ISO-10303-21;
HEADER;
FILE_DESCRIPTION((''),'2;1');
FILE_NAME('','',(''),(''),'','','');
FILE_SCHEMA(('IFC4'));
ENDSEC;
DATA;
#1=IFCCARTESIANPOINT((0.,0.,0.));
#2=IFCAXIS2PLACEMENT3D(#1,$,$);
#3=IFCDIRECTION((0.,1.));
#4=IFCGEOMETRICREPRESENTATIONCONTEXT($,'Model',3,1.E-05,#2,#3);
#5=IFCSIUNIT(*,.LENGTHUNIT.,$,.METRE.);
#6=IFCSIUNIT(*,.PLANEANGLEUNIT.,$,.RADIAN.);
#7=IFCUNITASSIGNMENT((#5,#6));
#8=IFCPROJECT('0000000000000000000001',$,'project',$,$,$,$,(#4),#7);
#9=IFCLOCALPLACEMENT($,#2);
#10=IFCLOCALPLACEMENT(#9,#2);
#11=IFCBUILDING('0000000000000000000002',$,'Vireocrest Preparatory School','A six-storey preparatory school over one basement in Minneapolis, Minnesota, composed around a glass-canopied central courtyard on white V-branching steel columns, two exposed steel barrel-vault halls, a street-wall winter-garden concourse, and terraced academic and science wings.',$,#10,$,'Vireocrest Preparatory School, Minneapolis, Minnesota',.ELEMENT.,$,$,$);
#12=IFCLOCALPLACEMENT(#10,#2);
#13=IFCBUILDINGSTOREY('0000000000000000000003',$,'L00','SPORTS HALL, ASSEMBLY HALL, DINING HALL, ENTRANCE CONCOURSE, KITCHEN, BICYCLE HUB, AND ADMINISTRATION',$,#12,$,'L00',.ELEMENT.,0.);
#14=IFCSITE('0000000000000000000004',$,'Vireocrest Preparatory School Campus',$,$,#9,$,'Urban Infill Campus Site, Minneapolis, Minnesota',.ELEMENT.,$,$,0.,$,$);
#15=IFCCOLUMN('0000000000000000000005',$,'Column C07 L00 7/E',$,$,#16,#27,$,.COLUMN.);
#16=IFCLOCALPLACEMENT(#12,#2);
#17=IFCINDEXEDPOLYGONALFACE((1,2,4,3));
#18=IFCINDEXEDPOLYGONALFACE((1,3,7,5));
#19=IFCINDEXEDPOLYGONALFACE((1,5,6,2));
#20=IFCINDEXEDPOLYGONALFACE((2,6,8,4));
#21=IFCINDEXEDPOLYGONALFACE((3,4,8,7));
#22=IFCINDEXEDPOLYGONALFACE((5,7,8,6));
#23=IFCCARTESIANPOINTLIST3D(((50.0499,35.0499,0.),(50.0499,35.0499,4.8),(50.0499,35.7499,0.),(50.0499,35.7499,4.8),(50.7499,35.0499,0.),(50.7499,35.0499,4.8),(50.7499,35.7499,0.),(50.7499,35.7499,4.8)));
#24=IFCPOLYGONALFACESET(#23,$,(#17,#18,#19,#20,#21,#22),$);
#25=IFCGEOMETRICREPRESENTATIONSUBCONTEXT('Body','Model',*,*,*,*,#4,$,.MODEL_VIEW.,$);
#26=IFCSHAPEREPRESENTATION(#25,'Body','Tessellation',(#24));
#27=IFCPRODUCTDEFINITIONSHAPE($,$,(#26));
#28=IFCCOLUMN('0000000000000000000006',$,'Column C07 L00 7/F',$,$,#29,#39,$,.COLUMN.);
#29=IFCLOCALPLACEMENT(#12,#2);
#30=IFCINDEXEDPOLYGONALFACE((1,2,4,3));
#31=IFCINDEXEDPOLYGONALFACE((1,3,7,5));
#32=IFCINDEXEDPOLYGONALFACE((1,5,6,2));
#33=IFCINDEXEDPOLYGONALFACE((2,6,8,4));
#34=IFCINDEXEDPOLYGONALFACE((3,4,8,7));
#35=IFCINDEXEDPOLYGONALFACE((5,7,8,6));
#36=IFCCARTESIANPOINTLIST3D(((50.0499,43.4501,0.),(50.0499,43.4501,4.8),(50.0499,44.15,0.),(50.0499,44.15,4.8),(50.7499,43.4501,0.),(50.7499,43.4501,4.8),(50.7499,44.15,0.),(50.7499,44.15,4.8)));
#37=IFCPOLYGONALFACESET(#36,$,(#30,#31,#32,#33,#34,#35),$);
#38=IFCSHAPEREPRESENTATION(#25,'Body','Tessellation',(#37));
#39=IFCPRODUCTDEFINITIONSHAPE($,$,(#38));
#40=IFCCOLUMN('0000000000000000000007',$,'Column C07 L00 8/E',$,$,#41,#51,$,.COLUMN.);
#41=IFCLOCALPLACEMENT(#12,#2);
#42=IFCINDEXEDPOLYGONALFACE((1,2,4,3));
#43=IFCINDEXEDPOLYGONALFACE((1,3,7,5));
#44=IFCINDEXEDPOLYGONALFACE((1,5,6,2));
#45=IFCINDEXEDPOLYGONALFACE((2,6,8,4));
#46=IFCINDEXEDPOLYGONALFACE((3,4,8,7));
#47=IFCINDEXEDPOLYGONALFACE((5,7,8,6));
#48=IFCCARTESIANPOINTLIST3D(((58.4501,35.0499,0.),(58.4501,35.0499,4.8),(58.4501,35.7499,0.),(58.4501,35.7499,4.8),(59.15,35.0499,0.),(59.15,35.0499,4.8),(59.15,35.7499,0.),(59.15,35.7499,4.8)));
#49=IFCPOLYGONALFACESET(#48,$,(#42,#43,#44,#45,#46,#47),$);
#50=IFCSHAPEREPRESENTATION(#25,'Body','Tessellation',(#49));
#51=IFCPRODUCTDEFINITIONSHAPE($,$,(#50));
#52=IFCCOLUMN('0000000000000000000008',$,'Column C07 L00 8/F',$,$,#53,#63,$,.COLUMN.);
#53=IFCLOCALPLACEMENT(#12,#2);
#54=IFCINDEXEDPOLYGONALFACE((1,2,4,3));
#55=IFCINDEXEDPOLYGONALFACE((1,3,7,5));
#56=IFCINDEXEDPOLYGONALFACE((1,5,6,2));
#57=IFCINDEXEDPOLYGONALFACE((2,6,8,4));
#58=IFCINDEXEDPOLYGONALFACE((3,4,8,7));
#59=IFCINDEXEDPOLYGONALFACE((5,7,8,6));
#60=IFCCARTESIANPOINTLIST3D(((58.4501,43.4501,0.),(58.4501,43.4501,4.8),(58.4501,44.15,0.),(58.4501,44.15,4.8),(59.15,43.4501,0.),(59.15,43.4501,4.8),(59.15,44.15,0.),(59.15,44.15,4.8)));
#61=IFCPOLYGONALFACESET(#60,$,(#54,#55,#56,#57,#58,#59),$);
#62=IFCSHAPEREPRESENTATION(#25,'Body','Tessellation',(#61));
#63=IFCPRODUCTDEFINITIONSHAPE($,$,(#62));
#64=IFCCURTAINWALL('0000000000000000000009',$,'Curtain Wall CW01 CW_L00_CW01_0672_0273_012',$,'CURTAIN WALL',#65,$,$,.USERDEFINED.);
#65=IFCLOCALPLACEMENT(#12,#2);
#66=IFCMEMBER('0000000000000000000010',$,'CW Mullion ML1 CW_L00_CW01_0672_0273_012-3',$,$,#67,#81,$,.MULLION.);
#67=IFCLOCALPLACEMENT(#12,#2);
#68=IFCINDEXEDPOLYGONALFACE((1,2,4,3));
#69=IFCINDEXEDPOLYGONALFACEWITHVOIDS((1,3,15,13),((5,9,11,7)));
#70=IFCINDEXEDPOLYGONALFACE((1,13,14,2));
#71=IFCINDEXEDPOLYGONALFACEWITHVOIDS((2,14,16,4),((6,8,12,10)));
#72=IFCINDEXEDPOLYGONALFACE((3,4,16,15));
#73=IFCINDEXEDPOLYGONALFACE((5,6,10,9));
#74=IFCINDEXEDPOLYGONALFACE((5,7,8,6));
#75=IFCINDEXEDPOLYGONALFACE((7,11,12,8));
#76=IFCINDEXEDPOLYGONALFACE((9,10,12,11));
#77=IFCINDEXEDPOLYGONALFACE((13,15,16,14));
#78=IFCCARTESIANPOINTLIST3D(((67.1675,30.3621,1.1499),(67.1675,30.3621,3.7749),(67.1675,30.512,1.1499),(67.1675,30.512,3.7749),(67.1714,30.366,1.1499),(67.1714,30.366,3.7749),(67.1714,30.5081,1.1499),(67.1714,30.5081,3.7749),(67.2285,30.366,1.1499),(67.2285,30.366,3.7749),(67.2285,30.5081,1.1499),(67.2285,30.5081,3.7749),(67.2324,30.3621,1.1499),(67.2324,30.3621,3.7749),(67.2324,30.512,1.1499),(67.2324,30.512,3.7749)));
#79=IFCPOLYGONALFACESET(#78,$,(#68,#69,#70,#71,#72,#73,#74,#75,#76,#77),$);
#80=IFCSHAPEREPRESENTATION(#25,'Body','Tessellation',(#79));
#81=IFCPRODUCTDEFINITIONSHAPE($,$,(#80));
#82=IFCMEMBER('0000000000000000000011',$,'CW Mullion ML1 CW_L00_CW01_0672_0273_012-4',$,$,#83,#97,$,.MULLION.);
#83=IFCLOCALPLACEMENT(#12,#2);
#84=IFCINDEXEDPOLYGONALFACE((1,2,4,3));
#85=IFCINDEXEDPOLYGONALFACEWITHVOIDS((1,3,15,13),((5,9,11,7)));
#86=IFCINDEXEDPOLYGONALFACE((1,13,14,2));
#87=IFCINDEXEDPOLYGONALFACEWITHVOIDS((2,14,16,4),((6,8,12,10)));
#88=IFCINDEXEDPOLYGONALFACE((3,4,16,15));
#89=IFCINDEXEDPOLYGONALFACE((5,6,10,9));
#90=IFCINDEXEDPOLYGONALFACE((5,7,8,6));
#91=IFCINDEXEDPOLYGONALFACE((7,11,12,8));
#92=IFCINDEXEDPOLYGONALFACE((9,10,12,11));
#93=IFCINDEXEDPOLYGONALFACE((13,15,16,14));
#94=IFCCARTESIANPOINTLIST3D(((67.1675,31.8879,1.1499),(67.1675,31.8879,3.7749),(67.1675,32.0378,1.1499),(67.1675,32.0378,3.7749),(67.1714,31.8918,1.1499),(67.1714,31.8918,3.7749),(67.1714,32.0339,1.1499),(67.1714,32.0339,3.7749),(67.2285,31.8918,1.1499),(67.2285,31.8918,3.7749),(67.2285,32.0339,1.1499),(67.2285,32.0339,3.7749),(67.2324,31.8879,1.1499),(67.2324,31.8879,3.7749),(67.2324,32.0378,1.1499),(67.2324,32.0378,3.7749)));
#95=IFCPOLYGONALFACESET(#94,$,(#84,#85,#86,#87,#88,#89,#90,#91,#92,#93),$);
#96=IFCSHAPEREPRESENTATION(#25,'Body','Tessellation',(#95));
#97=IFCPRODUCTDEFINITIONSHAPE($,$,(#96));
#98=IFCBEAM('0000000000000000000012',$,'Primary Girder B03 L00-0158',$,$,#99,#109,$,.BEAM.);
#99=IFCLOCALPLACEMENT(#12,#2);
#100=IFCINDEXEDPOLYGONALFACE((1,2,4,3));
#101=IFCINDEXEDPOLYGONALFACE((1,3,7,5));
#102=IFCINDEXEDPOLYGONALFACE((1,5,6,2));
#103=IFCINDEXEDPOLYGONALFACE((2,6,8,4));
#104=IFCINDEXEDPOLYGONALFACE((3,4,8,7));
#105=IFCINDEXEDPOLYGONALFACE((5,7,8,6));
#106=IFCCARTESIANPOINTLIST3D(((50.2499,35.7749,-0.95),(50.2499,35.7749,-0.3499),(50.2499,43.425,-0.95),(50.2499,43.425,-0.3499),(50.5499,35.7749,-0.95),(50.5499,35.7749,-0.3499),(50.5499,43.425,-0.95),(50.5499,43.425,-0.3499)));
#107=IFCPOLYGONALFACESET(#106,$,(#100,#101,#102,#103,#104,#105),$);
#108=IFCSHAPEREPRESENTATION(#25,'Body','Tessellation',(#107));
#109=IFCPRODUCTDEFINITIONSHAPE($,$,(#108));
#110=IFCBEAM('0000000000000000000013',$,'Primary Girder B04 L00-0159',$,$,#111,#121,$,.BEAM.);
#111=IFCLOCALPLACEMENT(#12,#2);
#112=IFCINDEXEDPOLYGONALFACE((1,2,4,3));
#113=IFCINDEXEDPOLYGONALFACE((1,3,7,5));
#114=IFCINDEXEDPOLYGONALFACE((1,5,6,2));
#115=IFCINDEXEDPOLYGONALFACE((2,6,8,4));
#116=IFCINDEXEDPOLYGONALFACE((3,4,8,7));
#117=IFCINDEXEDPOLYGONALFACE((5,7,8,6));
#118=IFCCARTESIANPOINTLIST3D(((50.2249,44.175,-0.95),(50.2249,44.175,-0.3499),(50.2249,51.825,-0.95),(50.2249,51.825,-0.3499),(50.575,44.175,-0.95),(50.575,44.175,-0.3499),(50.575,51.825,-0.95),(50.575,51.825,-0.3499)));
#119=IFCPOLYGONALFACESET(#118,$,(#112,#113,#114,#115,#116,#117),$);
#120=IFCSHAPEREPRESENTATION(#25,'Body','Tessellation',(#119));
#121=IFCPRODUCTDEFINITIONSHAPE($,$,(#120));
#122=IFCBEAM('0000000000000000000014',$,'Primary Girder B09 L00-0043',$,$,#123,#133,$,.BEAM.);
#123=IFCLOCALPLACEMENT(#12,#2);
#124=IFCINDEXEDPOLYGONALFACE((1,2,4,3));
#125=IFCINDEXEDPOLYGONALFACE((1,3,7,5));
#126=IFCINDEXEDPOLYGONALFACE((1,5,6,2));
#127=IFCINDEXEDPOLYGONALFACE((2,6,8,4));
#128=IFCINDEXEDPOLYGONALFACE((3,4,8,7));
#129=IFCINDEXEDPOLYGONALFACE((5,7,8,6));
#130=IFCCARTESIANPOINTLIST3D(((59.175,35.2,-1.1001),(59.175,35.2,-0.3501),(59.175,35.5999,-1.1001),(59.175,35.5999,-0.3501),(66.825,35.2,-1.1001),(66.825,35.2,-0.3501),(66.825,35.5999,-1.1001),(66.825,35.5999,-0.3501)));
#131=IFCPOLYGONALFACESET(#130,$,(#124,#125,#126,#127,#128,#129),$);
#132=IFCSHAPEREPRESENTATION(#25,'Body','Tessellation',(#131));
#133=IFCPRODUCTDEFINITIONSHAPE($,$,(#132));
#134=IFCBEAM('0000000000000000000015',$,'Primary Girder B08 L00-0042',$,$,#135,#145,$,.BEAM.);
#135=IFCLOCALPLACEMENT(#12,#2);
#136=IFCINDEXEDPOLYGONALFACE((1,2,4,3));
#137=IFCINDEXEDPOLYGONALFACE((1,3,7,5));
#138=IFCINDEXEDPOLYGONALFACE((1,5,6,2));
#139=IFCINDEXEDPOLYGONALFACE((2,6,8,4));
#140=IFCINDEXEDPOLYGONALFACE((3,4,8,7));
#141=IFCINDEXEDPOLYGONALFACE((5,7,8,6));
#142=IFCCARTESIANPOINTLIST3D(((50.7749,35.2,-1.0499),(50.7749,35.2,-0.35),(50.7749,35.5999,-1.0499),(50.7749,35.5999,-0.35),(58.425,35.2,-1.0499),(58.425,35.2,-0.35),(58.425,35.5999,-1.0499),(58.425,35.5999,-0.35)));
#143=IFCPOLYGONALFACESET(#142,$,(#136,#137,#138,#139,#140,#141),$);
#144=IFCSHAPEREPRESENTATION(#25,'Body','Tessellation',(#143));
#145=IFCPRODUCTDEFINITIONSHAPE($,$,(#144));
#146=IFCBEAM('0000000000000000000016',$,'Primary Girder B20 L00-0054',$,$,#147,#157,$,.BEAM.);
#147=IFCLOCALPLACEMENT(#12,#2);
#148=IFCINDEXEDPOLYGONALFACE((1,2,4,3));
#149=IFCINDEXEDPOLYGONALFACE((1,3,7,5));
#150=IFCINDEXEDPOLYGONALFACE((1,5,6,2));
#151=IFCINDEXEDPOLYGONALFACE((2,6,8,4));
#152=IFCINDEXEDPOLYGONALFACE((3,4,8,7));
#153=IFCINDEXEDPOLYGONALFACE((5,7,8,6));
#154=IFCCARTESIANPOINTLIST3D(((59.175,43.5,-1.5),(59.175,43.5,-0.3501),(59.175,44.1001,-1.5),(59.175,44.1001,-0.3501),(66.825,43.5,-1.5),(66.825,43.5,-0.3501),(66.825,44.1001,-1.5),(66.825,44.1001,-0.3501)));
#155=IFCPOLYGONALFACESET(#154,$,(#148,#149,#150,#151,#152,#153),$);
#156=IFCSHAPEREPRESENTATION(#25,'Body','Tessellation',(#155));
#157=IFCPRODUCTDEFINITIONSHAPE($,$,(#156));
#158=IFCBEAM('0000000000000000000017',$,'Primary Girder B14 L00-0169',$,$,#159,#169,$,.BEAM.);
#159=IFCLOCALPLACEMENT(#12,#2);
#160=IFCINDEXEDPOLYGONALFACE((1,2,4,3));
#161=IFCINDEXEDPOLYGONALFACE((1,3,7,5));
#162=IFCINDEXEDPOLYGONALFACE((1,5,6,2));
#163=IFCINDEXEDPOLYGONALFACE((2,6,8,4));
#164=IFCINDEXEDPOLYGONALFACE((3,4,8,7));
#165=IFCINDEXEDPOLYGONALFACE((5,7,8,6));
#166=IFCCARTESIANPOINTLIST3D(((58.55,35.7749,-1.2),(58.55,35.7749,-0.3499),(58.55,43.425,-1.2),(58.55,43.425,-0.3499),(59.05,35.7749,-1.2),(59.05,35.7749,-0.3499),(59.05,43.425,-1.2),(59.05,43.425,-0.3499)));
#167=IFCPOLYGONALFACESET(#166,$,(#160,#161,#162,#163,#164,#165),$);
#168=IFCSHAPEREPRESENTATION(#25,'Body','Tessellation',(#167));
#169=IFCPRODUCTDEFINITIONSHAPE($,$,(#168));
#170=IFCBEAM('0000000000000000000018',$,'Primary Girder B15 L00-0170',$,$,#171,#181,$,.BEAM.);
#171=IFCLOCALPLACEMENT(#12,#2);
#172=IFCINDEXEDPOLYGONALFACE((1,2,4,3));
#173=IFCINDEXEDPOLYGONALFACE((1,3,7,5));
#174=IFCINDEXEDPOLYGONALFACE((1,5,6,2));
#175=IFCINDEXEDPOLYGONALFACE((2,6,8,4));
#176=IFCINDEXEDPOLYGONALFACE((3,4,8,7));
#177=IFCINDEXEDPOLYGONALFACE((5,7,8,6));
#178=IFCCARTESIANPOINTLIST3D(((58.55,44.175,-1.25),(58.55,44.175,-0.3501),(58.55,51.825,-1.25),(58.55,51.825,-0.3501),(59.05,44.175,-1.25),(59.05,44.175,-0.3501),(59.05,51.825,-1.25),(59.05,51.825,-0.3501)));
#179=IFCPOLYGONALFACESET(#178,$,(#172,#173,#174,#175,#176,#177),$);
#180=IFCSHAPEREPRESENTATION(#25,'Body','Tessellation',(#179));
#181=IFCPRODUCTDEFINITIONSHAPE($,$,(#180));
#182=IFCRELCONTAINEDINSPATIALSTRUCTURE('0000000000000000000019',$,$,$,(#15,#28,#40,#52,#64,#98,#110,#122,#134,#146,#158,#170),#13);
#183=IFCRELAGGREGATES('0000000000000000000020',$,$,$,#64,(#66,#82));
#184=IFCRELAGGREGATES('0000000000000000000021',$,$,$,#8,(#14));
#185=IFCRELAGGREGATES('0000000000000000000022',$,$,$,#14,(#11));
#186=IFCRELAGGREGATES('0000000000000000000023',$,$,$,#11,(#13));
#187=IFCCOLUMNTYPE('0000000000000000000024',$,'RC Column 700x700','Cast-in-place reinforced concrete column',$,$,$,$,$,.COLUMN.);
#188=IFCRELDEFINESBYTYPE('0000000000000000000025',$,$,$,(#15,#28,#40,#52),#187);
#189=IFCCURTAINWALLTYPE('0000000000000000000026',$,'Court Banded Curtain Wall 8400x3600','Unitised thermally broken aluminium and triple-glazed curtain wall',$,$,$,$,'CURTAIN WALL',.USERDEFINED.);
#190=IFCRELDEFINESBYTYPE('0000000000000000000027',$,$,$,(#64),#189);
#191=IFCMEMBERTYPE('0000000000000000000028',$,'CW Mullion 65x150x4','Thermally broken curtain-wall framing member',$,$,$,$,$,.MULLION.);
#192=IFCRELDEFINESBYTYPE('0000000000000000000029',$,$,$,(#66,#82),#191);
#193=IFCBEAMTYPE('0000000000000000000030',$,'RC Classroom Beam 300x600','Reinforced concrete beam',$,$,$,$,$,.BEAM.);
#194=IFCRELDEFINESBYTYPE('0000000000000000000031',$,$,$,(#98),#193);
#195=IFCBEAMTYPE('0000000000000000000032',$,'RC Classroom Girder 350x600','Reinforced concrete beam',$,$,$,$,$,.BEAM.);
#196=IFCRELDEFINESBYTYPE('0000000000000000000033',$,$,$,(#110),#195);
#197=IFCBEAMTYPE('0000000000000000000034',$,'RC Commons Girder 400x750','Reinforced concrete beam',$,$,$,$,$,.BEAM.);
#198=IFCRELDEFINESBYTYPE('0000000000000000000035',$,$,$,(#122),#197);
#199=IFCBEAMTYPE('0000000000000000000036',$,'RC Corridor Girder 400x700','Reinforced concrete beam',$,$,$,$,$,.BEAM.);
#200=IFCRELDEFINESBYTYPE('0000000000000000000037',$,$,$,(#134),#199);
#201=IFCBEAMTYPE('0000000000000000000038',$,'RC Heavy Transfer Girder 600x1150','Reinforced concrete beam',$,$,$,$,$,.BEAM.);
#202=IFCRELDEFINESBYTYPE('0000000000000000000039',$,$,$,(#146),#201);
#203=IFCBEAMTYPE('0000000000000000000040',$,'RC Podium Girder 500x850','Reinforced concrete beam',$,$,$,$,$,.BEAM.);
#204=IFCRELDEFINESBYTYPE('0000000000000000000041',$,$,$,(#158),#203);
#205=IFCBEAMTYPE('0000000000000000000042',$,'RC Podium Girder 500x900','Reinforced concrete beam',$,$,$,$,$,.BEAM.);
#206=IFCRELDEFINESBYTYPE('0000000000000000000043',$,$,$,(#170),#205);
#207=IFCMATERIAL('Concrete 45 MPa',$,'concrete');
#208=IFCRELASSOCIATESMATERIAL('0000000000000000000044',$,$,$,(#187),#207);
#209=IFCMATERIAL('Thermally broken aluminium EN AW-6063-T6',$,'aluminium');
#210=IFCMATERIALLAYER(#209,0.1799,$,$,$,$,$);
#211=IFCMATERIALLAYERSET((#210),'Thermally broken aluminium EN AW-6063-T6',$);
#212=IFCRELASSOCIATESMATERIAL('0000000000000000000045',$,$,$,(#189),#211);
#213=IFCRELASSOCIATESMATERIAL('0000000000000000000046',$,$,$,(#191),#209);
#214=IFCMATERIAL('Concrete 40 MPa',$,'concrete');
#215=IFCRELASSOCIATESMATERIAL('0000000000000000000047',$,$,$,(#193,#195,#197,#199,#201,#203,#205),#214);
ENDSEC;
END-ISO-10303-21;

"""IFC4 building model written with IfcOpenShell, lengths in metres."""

from ifc_helpers import new_model, si_unit, direction, frame, origin, origin_2d, place, context, subcontext, project, spatial, rectangle, hollow_rectangle, extrude, material, layer, layer_set, material_profile, profile_set, type_object, element, aggregate, save


model = new_model("IFC4")

# Units and contexts
model_context = context("Model", 3, precision=1e-05, world=origin(), true_north=direction((0.0, 1.0)))
body_context = subcontext(model_context, "Body", "Model", "MODEL_VIEW")
ifc_project = project(units=[si_unit("LENGTHUNIT", "METRE"), si_unit("PLANEANGLEUNIT", "RADIAN")], contexts=[model_context])

# Site, building, storey
site_placement = place(None, origin())
site = spatial("IfcSite", under=ifc_project, at=site_placement, Name="Vireocrest Preparatory School Campus", LongName="Urban Infill Campus Site, Minneapolis, Minnesota", CompositionType="ELEMENT", RefElevation=0.0)
building_placement = place(site_placement, origin())
building = spatial("IfcBuilding", under=site, at=building_placement, Name="Vireocrest Preparatory School", Description="A six-storey preparatory school over one basement in Minneapolis, Minnesota, composed around a glass-canopied central courtyard on white V-branching steel columns, two exposed steel barrel-vault halls, a street-wall winter-garden concourse, and terraced academic and science wings.", LongName="Vireocrest Preparatory School, Minneapolis, Minnesota", CompositionType="ELEMENT")
storey_placement = place(building_placement, origin())
storey = spatial("IfcBuildingStorey", under=building, at=storey_placement, Name="L00", Description="SPORTS HALL, ASSEMBLY HALL, DINING HALL, ENTRANCE CONCOURSE, KITCHEN, BICYCLE HUB, AND ADMINISTRATION", LongName="L00", CompositionType="ELEMENT", Elevation=0.0)

# Columns
ifc_material_1 = material(Name="Concrete 45 MPa", Category="concrete")
ifc_material_profile_1 = material_profile(ifc_material_1, rectangle(XDim=0.7, YDim=0.7, at=origin_2d()), Name="RC 700x700")
ifc_profile_set_1 = profile_set([ifc_material_profile_1], Name="Concrete 45 MPa")
column_type = type_object("IfcColumnType", Name="RC Column 700x700", Description="Cast-in-place reinforced concrete column", PredefinedType="COLUMN", material=ifc_profile_set_1)
for number, where, z_axis, x_axis, name in (
    (1, (50.3999, 35.3999, 0.0), (0.0, 0.0, 1.0), (1.0, 0.0, 0.0), "Column C07 L00 7/E"),
    (2, (50.3999, 43.8, 0.0), (0.0, 0.0, 1.0), (1.0, 0.0, 0.0), "Column C07 L00 7/F"),
    (3, (58.8, 35.3999, 0.0), (0.0, 0.0, 1.0), (1.0, 0.0, 0.0), "Column C07 L00 8/E"),
    (4, (58.8, 43.8, 0.0), (0.0, 0.0, 1.0), (1.0, 0.0, 0.0), "Column C07 L00 8/F"),
):
    element("IfcColumn", number, at=place(storey_placement, frame(where, z_axis=z_axis, x_axis=x_axis)), inside=storey, type_object=column_type, Name=name, PredefinedType="COLUMN", context=body_context, shape_type="SweptSolid", body=[
        extrude(rectangle(XDim=0.7, YDim=0.7, at=origin_2d()), origin(), (0.0, 0.0, 1.0), 4.8),
    ])

# Curtain wall, members
ifc_material_2 = material(Name="Thermally broken aluminium EN AW-6063-T6", Category="aluminium")
ifc_layer_1 = layer(ifc_material_2, 0.1799)
ifc_layer_set_1 = layer_set([ifc_layer_1], Name="Thermally broken aluminium EN AW-6063-T6")
curtain_wall_type = type_object("IfcCurtainWallType", Name="Court Banded Curtain Wall 8400x3600", Description="Unitised thermally broken aluminium and triple-glazed curtain wall", ElementType="CURTAIN WALL", PredefinedType="USERDEFINED", material=ifc_layer_set_1)
curtain_wall_placement = place(storey_placement, origin())
curtain_wall = element("IfcCurtainWall", 5, at=curtain_wall_placement, inside=storey, type_object=curtain_wall_type, Name="Curtain Wall CW01 CW_L00_CW01_0672_0273_012", ObjectType="CURTAIN WALL", PredefinedType="USERDEFINED")
ifc_material_profile_2 = material_profile(ifc_material_2, hollow_rectangle(XDim=0.0649, YDim=0.1499, WallThickness=0.0039, at=origin_2d()), Name="ALU 65x150x4")
ifc_profile_set_2 = profile_set([ifc_material_profile_2], Name="Thermally broken aluminium EN AW-6063-T6")
member_type = type_object("IfcMemberType", Name="CW Mullion 65x150x4", Description="Thermally broken curtain-wall framing member", PredefinedType="MULLION", material=ifc_profile_set_2)
member_1_placement = place(storey_placement, frame((67.2, 30.437, 1.1499), z_axis=(0.0, 0.0, 1.0), x_axis=(1.0, 0.0, 0.0)))
member_1 = element("IfcMember", 6, at=member_1_placement, type_object=member_type, Name="CW Mullion ML1 CW_L00_CW01_0672_0273_012-3", PredefinedType="MULLION", context=body_context, shape_type="SweptSolid", body=[
    extrude(hollow_rectangle(XDim=0.0649, YDim=0.1499, WallThickness=0.0039, at=origin_2d()), origin(), (0.0, 0.0, 1.0), 2.625),
])
member_2_placement = place(storey_placement, frame((67.2, 31.9629, 1.1499), z_axis=(0.0, 0.0, 1.0), x_axis=(1.0, 0.0, 0.0)))
member_2 = element("IfcMember", 7, at=member_2_placement, type_object=member_type, Name="CW Mullion ML1 CW_L00_CW01_0672_0273_012-4", PredefinedType="MULLION", context=body_context, shape_type="SweptSolid", body=[
    extrude(hollow_rectangle(XDim=0.0649, YDim=0.1499, WallThickness=0.0039, at=origin_2d()), origin(), (0.0, 0.0, 1.0), 2.625),
])

# Beams
ifc_material_3 = material(Name="Concrete 40 MPa", Category="concrete")
ifc_material_profile_3 = material_profile(ifc_material_3, rectangle(XDim=0.3, YDim=0.6001, at=origin_2d()), Name="RC 300x600")
ifc_profile_set_3 = profile_set([ifc_material_profile_3], Name="Concrete 40 MPa")
beam_type_1 = type_object("IfcBeamType", Name="RC Classroom Beam 300x600", Description="Reinforced concrete beam", PredefinedType="BEAM", material=ifc_profile_set_3)
beam_1_placement = place(storey_placement, frame((50.3999, 35.7749, -0.6499), z_axis=(0.0, 1.0, 0.0), x_axis=(-1.0, 0.0, 0.0)))
element("IfcBeam", 8, at=beam_1_placement, inside=storey, type_object=beam_type_1, Name="Primary Girder B03 L00-0158", PredefinedType="BEAM", context=body_context, shape_type="SweptSolid", body=[
    extrude(rectangle(XDim=0.3, YDim=0.6001, at=origin_2d()), origin(), (0.0, 0.0, 1.0), 7.6501),
])
ifc_material_profile_4 = material_profile(ifc_material_3, rectangle(XDim=0.3501, YDim=0.6001, at=origin_2d()), Name="RC 350x600")
ifc_profile_set_4 = profile_set([ifc_material_profile_4], Name="Concrete 40 MPa")
beam_type_2 = type_object("IfcBeamType", Name="RC Classroom Girder 350x600", Description="Reinforced concrete beam", PredefinedType="BEAM", material=ifc_profile_set_4)
beam_2_placement = place(storey_placement, frame((50.3999, 44.175, -0.6499), z_axis=(0.0, 1.0, 0.0), x_axis=(-1.0, 0.0, 0.0)))
element("IfcBeam", 9, at=beam_2_placement, inside=storey, type_object=beam_type_2, Name="Primary Girder B04 L00-0159", PredefinedType="BEAM", context=body_context, shape_type="SweptSolid", body=[
    extrude(rectangle(XDim=0.3501, YDim=0.6001, at=origin_2d()), origin(), (0.0, 0.0, 1.0), 7.6499),
])
ifc_material_profile_5 = material_profile(ifc_material_3, rectangle(XDim=0.3999, YDim=0.75, at=origin_2d()), Name="RC 400x750")
ifc_profile_set_5 = profile_set([ifc_material_profile_5], Name="Concrete 40 MPa")
beam_type_3 = type_object("IfcBeamType", Name="RC Commons Girder 400x750", Description="Reinforced concrete beam", PredefinedType="BEAM", material=ifc_profile_set_5)
beam_3_placement = place(storey_placement, frame((59.175, 35.3999, -0.7251), z_axis=(1.0, 0.0, 0.0), x_axis=(0.0, 1.0, 0.0)))
element("IfcBeam", 10, at=beam_3_placement, inside=storey, type_object=beam_type_3, Name="Primary Girder B09 L00-0043", PredefinedType="BEAM", context=body_context, shape_type="SweptSolid", body=[
    extrude(rectangle(XDim=0.3999, YDim=0.75, at=origin_2d()), origin(), (0.0, 0.0, 1.0), 7.6499),
])
ifc_material_profile_6 = material_profile(ifc_material_3, rectangle(XDim=0.3999, YDim=0.7, at=origin_2d()), Name="RC 400x700")
ifc_profile_set_6 = profile_set([ifc_material_profile_6], Name="Concrete 40 MPa")
beam_type_4 = type_object("IfcBeamType", Name="RC Corridor Girder 400x700", Description="Reinforced concrete beam", PredefinedType="BEAM", material=ifc_profile_set_6)
beam_4_placement = place(storey_placement, frame((50.7749, 35.3999, -0.7), z_axis=(1.0, 0.0, 0.0), x_axis=(0.0, 1.0, 0.0)))
element("IfcBeam", 11, at=beam_4_placement, inside=storey, type_object=beam_type_4, Name="Primary Girder B08 L00-0042", PredefinedType="BEAM", context=body_context, shape_type="SweptSolid", body=[
    extrude(rectangle(XDim=0.3999, YDim=0.7, at=origin_2d()), origin(), (0.0, 0.0, 1.0), 7.6501),
])
ifc_material_profile_7 = material_profile(ifc_material_3, rectangle(XDim=0.6001, YDim=1.1499, at=origin_2d()), Name="RC 600x1150")
ifc_profile_set_7 = profile_set([ifc_material_profile_7], Name="Concrete 40 MPa")
beam_type_5 = type_object("IfcBeamType", Name="RC Heavy Transfer Girder 600x1150", Description="Reinforced concrete beam", PredefinedType="BEAM", material=ifc_profile_set_7)
beam_5_placement = place(storey_placement, frame((59.175, 43.8, -0.925), z_axis=(1.0, 0.0, 0.0), x_axis=(0.0, 1.0, 0.0)))
element("IfcBeam", 12, at=beam_5_placement, inside=storey, type_object=beam_type_5, Name="Primary Girder B20 L00-0054", PredefinedType="BEAM", context=body_context, shape_type="SweptSolid", body=[
    extrude(rectangle(XDim=0.6001, YDim=1.1499, at=origin_2d()), origin(), (0.0, 0.0, 1.0), 7.6499),
])
ifc_material_profile_8 = material_profile(ifc_material_3, rectangle(XDim=0.5, YDim=0.8501, at=origin_2d()), Name="RC 500x850")
ifc_profile_set_8 = profile_set([ifc_material_profile_8], Name="Concrete 40 MPa")
beam_type_6 = type_object("IfcBeamType", Name="RC Podium Girder 500x850", Description="Reinforced concrete beam", PredefinedType="BEAM", material=ifc_profile_set_8)
beam_6_placement = place(storey_placement, frame((58.8, 35.7749, -0.7749), z_axis=(0.0, 1.0, 0.0), x_axis=(-1.0, 0.0, 0.0)))
element("IfcBeam", 13, at=beam_6_placement, inside=storey, type_object=beam_type_6, Name="Primary Girder B14 L00-0169", PredefinedType="BEAM", context=body_context, shape_type="SweptSolid", body=[
    extrude(rectangle(XDim=0.5, YDim=0.8501, at=origin_2d()), origin(), (0.0, 0.0, 1.0), 7.6501),
])
ifc_material_profile_9 = material_profile(ifc_material_3, rectangle(XDim=0.5, YDim=0.8999, at=origin_2d()), Name="RC 500x900")
ifc_profile_set_9 = profile_set([ifc_material_profile_9], Name="Concrete 40 MPa")
beam_type_7 = type_object("IfcBeamType", Name="RC Podium Girder 500x900", Description="Reinforced concrete beam", PredefinedType="BEAM", material=ifc_profile_set_9)
beam_7_placement = place(storey_placement, frame((58.8, 44.175, -0.8), z_axis=(0.0, 1.0, 0.0), x_axis=(-1.0, 0.0, 0.0)))
element("IfcBeam", 14, at=beam_7_placement, inside=storey, type_object=beam_type_7, Name="Primary Girder B15 L00-0170", PredefinedType="BEAM", context=body_context, shape_type="SweptSolid", body=[
    extrude(rectangle(XDim=0.5, YDim=0.8999, at=origin_2d()), origin(), (0.0, 0.0, 1.0), 7.6499),
])

aggregate(curtain_wall, [member_1, member_2])

save(model, "model.ifc")
